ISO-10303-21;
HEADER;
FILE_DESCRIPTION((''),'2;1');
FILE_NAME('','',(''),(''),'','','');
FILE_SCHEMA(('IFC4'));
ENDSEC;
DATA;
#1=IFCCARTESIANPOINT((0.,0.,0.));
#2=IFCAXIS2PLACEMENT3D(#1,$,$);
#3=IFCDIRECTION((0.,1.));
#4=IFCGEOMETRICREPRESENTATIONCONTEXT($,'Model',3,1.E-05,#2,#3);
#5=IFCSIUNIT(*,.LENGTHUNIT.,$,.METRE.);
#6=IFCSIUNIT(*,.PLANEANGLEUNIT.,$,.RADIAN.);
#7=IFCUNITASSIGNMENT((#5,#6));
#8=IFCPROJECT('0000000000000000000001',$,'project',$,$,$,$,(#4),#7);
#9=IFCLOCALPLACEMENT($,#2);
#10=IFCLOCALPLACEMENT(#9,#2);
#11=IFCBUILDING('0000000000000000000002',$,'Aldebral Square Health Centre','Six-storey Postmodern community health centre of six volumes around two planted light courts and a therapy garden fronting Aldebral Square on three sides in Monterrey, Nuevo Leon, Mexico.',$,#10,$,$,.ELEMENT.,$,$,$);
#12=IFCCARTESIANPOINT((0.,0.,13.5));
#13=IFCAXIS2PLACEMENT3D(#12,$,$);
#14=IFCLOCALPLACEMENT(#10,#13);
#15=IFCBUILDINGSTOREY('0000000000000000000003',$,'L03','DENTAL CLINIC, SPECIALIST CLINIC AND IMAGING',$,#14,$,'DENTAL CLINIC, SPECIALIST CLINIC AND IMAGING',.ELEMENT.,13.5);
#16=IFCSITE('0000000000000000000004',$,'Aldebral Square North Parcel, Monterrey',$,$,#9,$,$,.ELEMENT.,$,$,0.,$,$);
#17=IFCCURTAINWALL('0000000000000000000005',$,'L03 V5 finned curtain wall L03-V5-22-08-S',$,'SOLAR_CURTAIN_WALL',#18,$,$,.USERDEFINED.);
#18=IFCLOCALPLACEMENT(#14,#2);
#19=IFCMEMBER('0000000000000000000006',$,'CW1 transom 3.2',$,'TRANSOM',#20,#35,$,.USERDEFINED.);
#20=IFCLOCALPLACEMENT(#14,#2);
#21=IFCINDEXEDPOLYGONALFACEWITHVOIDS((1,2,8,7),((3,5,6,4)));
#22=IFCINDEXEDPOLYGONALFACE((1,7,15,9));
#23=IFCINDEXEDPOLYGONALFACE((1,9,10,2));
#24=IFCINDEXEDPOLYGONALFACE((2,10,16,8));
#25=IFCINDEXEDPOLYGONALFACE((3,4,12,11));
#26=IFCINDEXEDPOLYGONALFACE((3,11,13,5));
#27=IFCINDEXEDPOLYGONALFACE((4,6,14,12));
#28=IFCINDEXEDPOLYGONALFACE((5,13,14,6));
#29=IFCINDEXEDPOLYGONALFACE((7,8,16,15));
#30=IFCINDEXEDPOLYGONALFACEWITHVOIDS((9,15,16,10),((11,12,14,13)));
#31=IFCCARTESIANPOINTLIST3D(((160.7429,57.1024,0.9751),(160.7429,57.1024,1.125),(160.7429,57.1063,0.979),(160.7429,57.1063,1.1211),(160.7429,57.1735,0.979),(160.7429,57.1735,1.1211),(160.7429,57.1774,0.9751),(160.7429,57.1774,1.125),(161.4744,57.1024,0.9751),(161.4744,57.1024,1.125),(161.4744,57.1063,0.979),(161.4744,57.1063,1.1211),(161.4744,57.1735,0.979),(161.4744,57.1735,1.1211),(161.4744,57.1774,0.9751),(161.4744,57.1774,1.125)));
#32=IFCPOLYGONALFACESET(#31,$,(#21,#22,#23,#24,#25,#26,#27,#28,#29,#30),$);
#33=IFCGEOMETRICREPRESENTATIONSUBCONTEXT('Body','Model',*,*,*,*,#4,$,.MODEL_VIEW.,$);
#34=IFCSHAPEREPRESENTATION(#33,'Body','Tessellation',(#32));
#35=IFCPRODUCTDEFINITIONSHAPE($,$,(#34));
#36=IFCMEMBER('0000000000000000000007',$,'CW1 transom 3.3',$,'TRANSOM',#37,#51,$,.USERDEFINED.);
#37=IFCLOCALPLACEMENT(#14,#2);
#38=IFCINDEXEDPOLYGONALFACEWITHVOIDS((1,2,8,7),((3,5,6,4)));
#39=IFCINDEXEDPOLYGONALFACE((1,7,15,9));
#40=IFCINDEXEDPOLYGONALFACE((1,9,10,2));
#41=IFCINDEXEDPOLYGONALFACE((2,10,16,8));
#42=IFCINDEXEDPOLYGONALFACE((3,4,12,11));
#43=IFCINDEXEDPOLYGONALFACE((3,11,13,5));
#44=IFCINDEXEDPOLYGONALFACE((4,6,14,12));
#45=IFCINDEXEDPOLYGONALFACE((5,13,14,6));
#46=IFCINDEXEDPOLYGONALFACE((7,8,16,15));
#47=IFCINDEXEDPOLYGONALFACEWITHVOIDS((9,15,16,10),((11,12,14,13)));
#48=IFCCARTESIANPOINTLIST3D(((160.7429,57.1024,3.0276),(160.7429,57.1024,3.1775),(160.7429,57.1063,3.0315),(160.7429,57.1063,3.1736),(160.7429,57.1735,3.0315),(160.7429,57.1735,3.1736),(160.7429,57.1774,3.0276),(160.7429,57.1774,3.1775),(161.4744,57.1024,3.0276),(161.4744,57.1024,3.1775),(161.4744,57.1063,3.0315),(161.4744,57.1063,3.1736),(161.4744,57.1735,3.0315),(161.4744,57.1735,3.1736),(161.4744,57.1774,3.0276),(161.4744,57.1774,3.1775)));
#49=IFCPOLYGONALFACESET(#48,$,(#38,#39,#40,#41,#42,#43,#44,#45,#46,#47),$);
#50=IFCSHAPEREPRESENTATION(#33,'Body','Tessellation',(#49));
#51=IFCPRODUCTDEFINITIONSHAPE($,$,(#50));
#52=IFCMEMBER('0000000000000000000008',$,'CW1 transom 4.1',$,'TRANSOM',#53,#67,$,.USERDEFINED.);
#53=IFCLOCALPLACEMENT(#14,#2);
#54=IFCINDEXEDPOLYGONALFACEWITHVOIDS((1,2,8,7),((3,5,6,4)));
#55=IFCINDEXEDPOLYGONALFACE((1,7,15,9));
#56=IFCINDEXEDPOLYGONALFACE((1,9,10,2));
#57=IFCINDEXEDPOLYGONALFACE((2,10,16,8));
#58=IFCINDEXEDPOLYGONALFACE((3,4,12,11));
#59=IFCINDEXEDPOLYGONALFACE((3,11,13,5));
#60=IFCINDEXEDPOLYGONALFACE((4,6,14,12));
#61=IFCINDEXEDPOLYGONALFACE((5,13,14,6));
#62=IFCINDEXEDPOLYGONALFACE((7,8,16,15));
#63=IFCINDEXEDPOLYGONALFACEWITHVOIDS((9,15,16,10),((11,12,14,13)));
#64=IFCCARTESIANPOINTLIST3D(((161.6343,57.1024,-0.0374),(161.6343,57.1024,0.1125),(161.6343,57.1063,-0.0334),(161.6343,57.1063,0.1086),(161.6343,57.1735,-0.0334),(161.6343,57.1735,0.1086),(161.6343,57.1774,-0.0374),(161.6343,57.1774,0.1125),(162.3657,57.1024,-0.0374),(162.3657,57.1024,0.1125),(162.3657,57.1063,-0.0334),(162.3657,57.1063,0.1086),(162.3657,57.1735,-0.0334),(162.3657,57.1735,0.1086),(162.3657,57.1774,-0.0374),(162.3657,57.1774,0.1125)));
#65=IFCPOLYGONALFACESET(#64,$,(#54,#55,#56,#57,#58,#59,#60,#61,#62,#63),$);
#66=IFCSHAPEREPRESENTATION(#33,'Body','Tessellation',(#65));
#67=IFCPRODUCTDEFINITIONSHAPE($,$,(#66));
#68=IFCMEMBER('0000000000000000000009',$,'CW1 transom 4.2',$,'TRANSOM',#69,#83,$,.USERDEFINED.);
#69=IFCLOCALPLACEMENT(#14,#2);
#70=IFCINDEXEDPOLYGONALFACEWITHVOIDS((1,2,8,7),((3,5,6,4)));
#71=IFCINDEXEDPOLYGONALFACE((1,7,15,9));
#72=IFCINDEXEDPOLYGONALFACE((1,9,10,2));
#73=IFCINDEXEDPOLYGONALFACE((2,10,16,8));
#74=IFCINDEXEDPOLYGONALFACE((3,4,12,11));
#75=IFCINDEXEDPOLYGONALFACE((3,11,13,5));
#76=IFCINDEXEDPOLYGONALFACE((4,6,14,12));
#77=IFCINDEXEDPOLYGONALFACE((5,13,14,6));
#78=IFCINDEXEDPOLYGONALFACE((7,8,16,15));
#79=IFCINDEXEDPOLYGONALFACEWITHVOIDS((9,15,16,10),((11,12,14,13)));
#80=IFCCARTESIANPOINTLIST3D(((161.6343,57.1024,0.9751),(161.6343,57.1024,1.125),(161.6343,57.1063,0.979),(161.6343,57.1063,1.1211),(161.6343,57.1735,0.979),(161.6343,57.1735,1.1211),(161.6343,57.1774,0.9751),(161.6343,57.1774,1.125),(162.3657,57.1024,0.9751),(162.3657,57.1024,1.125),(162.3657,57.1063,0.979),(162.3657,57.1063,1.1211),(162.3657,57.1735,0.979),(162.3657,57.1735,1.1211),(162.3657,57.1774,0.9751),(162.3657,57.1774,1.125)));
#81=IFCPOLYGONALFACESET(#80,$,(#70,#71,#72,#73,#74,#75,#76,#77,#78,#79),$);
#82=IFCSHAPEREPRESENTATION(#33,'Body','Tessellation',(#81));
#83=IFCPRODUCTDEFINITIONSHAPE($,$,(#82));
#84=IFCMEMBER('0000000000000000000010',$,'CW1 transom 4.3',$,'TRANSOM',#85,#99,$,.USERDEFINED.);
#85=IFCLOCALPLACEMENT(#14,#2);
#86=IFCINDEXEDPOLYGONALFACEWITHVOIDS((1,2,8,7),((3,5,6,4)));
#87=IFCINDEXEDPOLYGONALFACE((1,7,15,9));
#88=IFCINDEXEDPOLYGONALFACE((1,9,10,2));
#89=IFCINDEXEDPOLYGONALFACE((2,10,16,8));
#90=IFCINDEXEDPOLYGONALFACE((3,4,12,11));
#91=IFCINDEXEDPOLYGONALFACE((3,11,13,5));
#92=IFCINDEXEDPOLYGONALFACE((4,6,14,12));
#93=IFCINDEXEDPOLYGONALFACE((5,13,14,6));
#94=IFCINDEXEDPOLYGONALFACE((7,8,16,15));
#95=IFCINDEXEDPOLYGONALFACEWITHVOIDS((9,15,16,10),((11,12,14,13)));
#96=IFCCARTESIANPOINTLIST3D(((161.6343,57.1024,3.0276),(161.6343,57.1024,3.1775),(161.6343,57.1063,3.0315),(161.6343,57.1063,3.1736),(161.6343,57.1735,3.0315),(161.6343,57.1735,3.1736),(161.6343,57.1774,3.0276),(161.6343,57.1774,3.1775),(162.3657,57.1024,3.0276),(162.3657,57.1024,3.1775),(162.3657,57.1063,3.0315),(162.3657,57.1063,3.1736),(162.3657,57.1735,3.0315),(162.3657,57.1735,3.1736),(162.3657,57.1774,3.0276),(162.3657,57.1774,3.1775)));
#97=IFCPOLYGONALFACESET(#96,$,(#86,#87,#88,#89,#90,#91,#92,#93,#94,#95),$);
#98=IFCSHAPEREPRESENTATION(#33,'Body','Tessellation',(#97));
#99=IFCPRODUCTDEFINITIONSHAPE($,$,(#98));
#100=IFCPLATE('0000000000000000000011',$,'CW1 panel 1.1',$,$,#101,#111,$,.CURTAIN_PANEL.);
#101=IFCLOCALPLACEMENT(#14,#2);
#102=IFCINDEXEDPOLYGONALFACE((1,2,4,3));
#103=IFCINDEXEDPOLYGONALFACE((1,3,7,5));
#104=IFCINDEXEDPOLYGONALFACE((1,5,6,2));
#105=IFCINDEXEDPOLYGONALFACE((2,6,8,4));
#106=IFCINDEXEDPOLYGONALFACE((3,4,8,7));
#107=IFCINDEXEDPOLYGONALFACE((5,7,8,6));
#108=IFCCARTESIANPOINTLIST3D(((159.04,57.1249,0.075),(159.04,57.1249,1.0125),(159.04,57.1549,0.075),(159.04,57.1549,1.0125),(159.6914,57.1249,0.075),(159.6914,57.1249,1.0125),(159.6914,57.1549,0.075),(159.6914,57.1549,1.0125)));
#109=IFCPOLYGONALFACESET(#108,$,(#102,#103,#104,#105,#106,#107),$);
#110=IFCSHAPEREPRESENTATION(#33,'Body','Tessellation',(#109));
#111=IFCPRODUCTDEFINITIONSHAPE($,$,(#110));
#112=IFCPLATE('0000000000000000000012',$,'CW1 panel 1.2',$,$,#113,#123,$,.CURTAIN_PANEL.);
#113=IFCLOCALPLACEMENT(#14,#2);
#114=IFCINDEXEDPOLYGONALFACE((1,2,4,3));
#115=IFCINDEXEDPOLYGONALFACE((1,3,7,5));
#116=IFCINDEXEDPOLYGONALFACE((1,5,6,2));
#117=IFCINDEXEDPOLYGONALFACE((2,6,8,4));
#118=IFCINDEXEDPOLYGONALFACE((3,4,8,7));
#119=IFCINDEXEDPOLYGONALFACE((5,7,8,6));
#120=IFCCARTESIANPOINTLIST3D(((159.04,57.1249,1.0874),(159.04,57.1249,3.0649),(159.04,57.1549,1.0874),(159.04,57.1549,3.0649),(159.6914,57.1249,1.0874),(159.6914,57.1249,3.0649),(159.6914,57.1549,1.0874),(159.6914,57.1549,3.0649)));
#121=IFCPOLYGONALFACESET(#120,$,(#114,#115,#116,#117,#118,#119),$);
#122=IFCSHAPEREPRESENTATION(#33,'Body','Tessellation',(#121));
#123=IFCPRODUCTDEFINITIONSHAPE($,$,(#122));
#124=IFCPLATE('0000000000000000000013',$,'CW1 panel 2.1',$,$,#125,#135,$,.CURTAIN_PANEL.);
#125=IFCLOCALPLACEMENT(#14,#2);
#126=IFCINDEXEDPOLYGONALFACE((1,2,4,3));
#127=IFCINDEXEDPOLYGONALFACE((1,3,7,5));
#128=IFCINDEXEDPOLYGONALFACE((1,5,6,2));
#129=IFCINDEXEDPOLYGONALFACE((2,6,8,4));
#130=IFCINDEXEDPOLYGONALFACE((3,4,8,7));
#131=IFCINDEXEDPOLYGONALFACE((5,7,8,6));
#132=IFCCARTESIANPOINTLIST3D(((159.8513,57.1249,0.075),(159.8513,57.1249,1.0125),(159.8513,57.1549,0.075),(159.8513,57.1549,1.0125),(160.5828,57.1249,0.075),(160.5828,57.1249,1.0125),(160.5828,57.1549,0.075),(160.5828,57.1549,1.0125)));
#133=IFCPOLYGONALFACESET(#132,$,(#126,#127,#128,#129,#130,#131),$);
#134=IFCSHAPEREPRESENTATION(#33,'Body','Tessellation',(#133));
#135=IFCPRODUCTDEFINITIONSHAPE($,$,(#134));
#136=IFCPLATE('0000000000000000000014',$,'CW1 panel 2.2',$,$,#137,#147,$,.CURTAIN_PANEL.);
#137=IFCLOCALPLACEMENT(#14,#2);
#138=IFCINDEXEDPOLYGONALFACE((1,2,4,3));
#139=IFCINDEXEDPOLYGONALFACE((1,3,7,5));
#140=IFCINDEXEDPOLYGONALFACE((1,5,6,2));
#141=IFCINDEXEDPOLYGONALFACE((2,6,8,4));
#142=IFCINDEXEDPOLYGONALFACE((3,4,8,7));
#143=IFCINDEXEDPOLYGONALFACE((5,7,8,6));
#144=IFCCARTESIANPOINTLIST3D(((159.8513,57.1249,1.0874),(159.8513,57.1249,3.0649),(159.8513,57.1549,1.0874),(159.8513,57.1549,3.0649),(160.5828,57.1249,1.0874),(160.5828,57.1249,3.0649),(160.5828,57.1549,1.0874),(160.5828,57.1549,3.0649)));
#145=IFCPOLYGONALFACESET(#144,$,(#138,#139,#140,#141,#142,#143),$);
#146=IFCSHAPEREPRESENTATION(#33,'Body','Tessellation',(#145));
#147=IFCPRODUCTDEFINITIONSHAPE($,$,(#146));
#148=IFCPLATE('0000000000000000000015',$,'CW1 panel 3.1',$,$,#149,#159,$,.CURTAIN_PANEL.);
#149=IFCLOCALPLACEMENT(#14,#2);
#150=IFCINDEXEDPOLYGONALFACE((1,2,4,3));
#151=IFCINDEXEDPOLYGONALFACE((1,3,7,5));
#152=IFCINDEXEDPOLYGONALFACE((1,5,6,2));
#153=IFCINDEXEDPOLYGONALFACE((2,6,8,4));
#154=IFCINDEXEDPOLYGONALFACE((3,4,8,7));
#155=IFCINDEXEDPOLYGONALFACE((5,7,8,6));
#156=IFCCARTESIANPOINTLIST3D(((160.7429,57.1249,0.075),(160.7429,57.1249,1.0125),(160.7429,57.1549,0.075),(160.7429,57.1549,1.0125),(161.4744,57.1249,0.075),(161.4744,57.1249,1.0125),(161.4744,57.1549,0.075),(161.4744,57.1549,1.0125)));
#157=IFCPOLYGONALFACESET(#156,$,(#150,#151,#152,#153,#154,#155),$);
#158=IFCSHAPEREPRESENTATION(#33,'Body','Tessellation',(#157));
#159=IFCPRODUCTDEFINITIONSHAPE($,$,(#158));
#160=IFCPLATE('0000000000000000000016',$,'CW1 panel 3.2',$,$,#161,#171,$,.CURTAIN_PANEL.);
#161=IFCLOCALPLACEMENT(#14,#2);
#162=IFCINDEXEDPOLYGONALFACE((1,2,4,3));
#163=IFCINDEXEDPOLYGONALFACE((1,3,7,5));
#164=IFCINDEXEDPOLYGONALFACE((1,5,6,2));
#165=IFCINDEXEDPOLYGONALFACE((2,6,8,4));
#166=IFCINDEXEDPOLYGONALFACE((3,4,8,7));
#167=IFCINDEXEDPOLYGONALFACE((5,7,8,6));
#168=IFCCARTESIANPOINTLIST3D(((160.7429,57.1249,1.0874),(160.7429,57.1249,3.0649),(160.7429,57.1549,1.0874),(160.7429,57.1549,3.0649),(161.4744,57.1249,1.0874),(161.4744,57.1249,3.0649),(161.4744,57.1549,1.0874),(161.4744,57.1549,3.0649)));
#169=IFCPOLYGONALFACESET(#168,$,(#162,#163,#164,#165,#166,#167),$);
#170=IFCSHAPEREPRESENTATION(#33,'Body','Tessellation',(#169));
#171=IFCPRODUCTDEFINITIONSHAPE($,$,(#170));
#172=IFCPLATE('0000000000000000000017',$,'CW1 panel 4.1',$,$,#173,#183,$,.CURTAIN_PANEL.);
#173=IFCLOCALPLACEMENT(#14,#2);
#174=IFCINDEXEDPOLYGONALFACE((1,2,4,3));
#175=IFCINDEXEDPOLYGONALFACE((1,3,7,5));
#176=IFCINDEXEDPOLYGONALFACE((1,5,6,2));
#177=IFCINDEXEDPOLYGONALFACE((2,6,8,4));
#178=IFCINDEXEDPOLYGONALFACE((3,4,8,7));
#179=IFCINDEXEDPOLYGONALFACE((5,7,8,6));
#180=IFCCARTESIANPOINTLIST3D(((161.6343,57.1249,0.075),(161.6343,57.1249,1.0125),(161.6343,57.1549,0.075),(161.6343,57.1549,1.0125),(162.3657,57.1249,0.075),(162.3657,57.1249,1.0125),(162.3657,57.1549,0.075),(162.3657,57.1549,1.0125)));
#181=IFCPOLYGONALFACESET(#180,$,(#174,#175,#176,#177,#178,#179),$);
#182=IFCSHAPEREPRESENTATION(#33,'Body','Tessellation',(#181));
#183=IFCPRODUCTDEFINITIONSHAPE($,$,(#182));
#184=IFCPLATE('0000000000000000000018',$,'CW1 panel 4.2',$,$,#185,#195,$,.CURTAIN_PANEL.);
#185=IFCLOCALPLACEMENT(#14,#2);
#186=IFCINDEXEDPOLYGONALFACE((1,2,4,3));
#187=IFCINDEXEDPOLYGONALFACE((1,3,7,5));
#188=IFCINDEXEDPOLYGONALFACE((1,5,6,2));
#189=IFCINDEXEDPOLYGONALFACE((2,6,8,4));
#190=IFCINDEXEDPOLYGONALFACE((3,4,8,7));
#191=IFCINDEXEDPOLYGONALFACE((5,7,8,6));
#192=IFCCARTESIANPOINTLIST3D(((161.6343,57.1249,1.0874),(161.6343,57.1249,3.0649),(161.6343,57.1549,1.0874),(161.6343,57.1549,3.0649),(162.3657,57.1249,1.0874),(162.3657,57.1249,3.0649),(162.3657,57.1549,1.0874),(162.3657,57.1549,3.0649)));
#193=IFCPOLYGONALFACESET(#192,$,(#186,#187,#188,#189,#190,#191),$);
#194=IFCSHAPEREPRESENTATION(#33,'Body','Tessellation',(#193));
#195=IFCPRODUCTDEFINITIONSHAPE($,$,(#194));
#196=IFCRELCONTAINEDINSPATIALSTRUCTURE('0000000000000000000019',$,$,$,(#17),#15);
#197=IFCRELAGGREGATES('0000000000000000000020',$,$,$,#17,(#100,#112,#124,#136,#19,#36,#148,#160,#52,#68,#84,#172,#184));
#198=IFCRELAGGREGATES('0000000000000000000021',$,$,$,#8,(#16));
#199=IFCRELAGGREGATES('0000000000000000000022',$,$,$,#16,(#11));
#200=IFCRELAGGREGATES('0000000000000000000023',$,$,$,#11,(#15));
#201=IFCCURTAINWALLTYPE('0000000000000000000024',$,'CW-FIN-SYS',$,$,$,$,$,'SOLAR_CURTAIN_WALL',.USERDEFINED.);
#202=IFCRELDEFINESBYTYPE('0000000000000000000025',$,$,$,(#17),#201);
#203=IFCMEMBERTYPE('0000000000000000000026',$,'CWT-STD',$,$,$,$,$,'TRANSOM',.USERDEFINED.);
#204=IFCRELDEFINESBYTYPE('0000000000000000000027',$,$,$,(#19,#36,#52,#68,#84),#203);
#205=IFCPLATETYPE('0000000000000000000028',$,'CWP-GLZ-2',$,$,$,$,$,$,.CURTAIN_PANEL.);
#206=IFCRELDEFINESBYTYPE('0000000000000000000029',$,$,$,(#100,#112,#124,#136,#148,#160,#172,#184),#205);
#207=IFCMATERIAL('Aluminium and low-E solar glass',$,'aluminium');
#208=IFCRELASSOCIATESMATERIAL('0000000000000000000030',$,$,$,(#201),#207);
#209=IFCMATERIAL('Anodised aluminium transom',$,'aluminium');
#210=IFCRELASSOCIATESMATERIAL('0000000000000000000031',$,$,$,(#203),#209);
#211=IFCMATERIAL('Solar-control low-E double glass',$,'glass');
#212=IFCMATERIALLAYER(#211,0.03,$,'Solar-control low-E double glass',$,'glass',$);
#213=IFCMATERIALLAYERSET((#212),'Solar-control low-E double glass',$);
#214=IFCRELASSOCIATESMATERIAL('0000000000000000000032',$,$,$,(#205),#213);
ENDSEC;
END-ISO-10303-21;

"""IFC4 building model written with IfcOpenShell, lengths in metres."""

from ifc_helpers import new_model, si_unit, direction, frame, origin, origin_2d, place, context, subcontext, project, spatial, rectangle, hollow_rectangle, extrude, material, layer, layer_set, material_profile, profile_set, type_object, element, aggregate, save


model = new_model("IFC4")

# Units and contexts
model_context = context("Model", 3, precision=1e-05, world=origin(), true_north=direction((0.0, 1.0)))
body_context = subcontext(model_context, "Body", "Model", "MODEL_VIEW")
ifc_project = project(units=[si_unit("LENGTHUNIT", "METRE"), si_unit("PLANEANGLEUNIT", "RADIAN")], contexts=[model_context])

# Site, building, storey
site_placement = place(None, origin())
site = spatial("IfcSite", under=ifc_project, at=site_placement, Name="Aldebral Square North Parcel, Monterrey", CompositionType="ELEMENT", RefElevation=0.0)
building_placement = place(site_placement, origin())
building = spatial("IfcBuilding", under=site, at=building_placement, Name="Aldebral Square Health Centre", Description="Six-storey Postmodern community health centre of six volumes around two planted light courts and a therapy garden fronting Aldebral Square on three sides in Monterrey, Nuevo Leon, Mexico.", CompositionType="ELEMENT")
storey_placement = place(building_placement, frame((0.0, 0.0, 13.5)))
storey = spatial("IfcBuildingStorey", under=building, at=storey_placement, Name="L03", Description="DENTAL CLINIC, SPECIALIST CLINIC AND IMAGING", LongName="DENTAL CLINIC, SPECIALIST CLINIC AND IMAGING", CompositionType="ELEMENT", Elevation=13.5)

# Curtain wall, members, plates
ifc_material_1 = material(Name="Aluminium and low-E solar glass", Category="aluminium")
curtain_wall_type = type_object("IfcCurtainWallType", Name="CW-FIN-SYS", ElementType="SOLAR_CURTAIN_WALL", PredefinedType="USERDEFINED", material=ifc_material_1)
curtain_wall_placement = place(storey_placement, origin())
curtain_wall = element("IfcCurtainWall", 1, at=curtain_wall_placement, inside=storey, type_object=curtain_wall_type, Name="L03 V5 finned curtain wall L03-V5-22-08-S", ObjectType="SOLAR_CURTAIN_WALL", PredefinedType="USERDEFINED")
ifc_material_2 = material(Name="Anodised aluminium transom", Category="aluminium")
ifc_material_profile_1 = material_profile(ifc_material_2, hollow_rectangle(XDim=0.075, YDim=0.1499, WallThickness=0.0039, at=origin_2d()), Name="CWT 75x150x4")
ifc_profile_set_1 = profile_set([ifc_material_profile_1], Name="Anodised aluminium transom")
member_type_1 = type_object("IfcMemberType", Name="CWT-STD", ElementType="TRANSOM", PredefinedType="USERDEFINED", material=ifc_profile_set_1)
member_1_placement = place(storey_placement, frame((160.7429, 57.1399, 1.05), z_axis=(1.0, 0.0, 0.0), x_axis=(0.0, 1.0, 0.0)))
member_1 = element("IfcMember", 2, at=member_1_placement, type_object=member_type_1, Name="CW1 transom 3.2", ObjectType="TRANSOM", PredefinedType="USERDEFINED", context=body_context, shape_type="SweptSolid", body=[
    extrude(hollow_rectangle(XDim=0.075, YDim=0.1499, WallThickness=0.0039, at=origin_2d()), origin(), (0.0, 0.0, 1.0), 0.7314),
])
member_2_placement = place(storey_placement, frame((160.7429, 57.1399, 3.1025), z_axis=(1.0, 0.0, 0.0), x_axis=(0.0, 1.0, 0.0)))
member_2 = element("IfcMember", 3, at=member_2_placement, type_object=member_type_1, Name="CW1 transom 3.3", ObjectType="TRANSOM", PredefinedType="USERDEFINED", context=body_context, shape_type="SweptSolid", body=[
    extrude(hollow_rectangle(XDim=0.075, YDim=0.1499, WallThickness=0.0039, at=origin_2d()), origin(), (0.0, 0.0, 1.0), 0.7314),
])
member_3_placement = place(storey_placement, frame((161.6343, 57.1399, 0.0376), z_axis=(1.0, 0.0, 0.0), x_axis=(0.0, 1.0, 0.0)))
member_3 = element("IfcMember", 4, at=member_3_placement, type_object=member_type_1, Name="CW1 transom 4.1", ObjectType="TRANSOM", PredefinedType="USERDEFINED", context=body_context, shape_type="SweptSolid", body=[
    extrude(hollow_rectangle(XDim=0.075, YDim=0.1499, WallThickness=0.0039, at=origin_2d()), origin(), (0.0, 0.0, 1.0), 0.7314),
])
member_4_placement = place(storey_placement, frame((161.6343, 57.1399, 1.05), z_axis=(1.0, 0.0, 0.0), x_axis=(0.0, 1.0, 0.0)))
member_4 = element("IfcMember", 5, at=member_4_placement, type_object=member_type_1, Name="CW1 transom 4.2", ObjectType="TRANSOM", PredefinedType="USERDEFINED", context=body_context, shape_type="SweptSolid", body=[
    extrude(hollow_rectangle(XDim=0.075, YDim=0.1499, WallThickness=0.0039, at=origin_2d()), origin(), (0.0, 0.0, 1.0), 0.7314),
])
member_5_placement = place(storey_placement, frame((161.6343, 57.1399, 3.1025), z_axis=(1.0, 0.0, 0.0), x_axis=(0.0, 1.0, 0.0)))
member_5 = element("IfcMember", 6, at=member_5_placement, type_object=member_type_1, Name="CW1 transom 4.3", ObjectType="TRANSOM", PredefinedType="USERDEFINED", context=body_context, shape_type="SweptSolid", body=[
    extrude(hollow_rectangle(XDim=0.075, YDim=0.1499, WallThickness=0.0039, at=origin_2d()), origin(), (0.0, 0.0, 1.0), 0.7314),
])
ifc_material_3 = material(Name="Solar-control low-E double glass", Category="glass")
ifc_layer_1 = layer(ifc_material_3, 0.03, Name="Solar-control low-E double glass", Category="glass")
ifc_layer_set_1 = layer_set([ifc_layer_1], Name="Solar-control low-E double glass")
plate_type = type_object("IfcPlateType", Name="CWP-GLZ-2", PredefinedType="CURTAIN_PANEL", material=ifc_layer_set_1)
plate_1_placement = place(storey_placement, frame((159.3657, 57.1399, 0.075), z_axis=(0.0, 0.0, 1.0), x_axis=(1.0, 0.0, 0.0)))
plate_1 = element("IfcPlate", 7, at=plate_1_placement, type_object=plate_type, Name="CW1 panel 1.1", PredefinedType="CURTAIN_PANEL", context=body_context, shape_type="SweptSolid", body=[
    extrude(rectangle(XDim=0.6514, YDim=0.03, at=origin_2d()), origin(), (0.0, 0.0, 1.0), 0.9375),
])
plate_2_placement = place(storey_placement, frame((159.3657, 57.1399, 1.0874), z_axis=(0.0, 0.0, 1.0), x_axis=(1.0, 0.0, 0.0)))
plate_2 = element("IfcPlate", 8, at=plate_2_placement, type_object=plate_type, Name="CW1 panel 1.2", PredefinedType="CURTAIN_PANEL", context=body_context, shape_type="SweptSolid", body=[
    extrude(rectangle(XDim=0.6514, YDim=0.03, at=origin_2d()), origin(), (0.0, 0.0, 1.0), 1.9775),
])
plate_3_placement = place(storey_placement, frame((160.217, 57.1399, 0.075), z_axis=(0.0, 0.0, 1.0), x_axis=(1.0, 0.0, 0.0)))
plate_3 = element("IfcPlate", 9, at=plate_3_placement, type_object=plate_type, Name="CW1 panel 2.1", PredefinedType="CURTAIN_PANEL", context=body_context, shape_type="SweptSolid", body=[
    extrude(rectangle(XDim=0.7314, YDim=0.03, at=origin_2d()), origin(), (0.0, 0.0, 1.0), 0.9375),
])
plate_4_placement = place(storey_placement, frame((160.217, 57.1399, 1.0874), z_axis=(0.0, 0.0, 1.0), x_axis=(1.0, 0.0, 0.0)))
plate_4 = element("IfcPlate", 10, at=plate_4_placement, type_object=plate_type, Name="CW1 panel 2.2", PredefinedType="CURTAIN_PANEL", context=body_context, shape_type="SweptSolid", body=[
    extrude(rectangle(XDim=0.7314, YDim=0.03, at=origin_2d()), origin(), (0.0, 0.0, 1.0), 1.9775),
])
plate_5_placement = place(storey_placement, frame((161.1086, 57.1399, 0.075), z_axis=(0.0, 0.0, 1.0), x_axis=(1.0, 0.0, 0.0)))
plate_5 = element("IfcPlate", 11, at=plate_5_placement, type_object=plate_type, Name="CW1 panel 3.1", PredefinedType="CURTAIN_PANEL", context=body_context, shape_type="SweptSolid", body=[
    extrude(rectangle(XDim=0.7314, YDim=0.03, at=origin_2d()), origin(), (0.0, 0.0, 1.0), 0.9375),
])
plate_6_placement = place(storey_placement, frame((161.1086, 57.1399, 1.0874), z_axis=(0.0, 0.0, 1.0), x_axis=(1.0, 0.0, 0.0)))
plate_6 = element("IfcPlate", 12, at=plate_6_placement, type_object=plate_type, Name="CW1 panel 3.2", PredefinedType="CURTAIN_PANEL", context=body_context, shape_type="SweptSolid", body=[
    extrude(rectangle(XDim=0.7314, YDim=0.03, at=origin_2d()), origin(), (0.0, 0.0, 1.0), 1.9775),
])
plate_7_placement = place(storey_placement, frame((162.0, 57.1399, 0.075), z_axis=(0.0, 0.0, 1.0), x_axis=(1.0, 0.0, 0.0)))
plate_7 = element("IfcPlate", 13, at=plate_7_placement, type_object=plate_type, Name="CW1 panel 4.1", PredefinedType="CURTAIN_PANEL", context=body_context, shape_type="SweptSolid", body=[
    extrude(rectangle(XDim=0.7314, YDim=0.03, at=origin_2d()), origin(), (0.0, 0.0, 1.0), 0.9375),
])
plate_8_placement = place(storey_placement, frame((162.0, 57.1399, 1.0874), z_axis=(0.0, 0.0, 1.0), x_axis=(1.0, 0.0, 0.0)))
plate_8 = element("IfcPlate", 14, at=plate_8_placement, type_object=plate_type, Name="CW1 panel 4.2", PredefinedType="CURTAIN_PANEL", context=body_context, shape_type="SweptSolid", body=[
    extrude(rectangle(XDim=0.7314, YDim=0.03, at=origin_2d()), origin(), (0.0, 0.0, 1.0), 1.9775),
])
aggregate(curtain_wall, [plate_1, plate_2, plate_3, plate_4, member_1, member_2, plate_5, plate_6, member_3, member_4, member_5, plate_7, plate_8])

save(model, "model.ifc")
